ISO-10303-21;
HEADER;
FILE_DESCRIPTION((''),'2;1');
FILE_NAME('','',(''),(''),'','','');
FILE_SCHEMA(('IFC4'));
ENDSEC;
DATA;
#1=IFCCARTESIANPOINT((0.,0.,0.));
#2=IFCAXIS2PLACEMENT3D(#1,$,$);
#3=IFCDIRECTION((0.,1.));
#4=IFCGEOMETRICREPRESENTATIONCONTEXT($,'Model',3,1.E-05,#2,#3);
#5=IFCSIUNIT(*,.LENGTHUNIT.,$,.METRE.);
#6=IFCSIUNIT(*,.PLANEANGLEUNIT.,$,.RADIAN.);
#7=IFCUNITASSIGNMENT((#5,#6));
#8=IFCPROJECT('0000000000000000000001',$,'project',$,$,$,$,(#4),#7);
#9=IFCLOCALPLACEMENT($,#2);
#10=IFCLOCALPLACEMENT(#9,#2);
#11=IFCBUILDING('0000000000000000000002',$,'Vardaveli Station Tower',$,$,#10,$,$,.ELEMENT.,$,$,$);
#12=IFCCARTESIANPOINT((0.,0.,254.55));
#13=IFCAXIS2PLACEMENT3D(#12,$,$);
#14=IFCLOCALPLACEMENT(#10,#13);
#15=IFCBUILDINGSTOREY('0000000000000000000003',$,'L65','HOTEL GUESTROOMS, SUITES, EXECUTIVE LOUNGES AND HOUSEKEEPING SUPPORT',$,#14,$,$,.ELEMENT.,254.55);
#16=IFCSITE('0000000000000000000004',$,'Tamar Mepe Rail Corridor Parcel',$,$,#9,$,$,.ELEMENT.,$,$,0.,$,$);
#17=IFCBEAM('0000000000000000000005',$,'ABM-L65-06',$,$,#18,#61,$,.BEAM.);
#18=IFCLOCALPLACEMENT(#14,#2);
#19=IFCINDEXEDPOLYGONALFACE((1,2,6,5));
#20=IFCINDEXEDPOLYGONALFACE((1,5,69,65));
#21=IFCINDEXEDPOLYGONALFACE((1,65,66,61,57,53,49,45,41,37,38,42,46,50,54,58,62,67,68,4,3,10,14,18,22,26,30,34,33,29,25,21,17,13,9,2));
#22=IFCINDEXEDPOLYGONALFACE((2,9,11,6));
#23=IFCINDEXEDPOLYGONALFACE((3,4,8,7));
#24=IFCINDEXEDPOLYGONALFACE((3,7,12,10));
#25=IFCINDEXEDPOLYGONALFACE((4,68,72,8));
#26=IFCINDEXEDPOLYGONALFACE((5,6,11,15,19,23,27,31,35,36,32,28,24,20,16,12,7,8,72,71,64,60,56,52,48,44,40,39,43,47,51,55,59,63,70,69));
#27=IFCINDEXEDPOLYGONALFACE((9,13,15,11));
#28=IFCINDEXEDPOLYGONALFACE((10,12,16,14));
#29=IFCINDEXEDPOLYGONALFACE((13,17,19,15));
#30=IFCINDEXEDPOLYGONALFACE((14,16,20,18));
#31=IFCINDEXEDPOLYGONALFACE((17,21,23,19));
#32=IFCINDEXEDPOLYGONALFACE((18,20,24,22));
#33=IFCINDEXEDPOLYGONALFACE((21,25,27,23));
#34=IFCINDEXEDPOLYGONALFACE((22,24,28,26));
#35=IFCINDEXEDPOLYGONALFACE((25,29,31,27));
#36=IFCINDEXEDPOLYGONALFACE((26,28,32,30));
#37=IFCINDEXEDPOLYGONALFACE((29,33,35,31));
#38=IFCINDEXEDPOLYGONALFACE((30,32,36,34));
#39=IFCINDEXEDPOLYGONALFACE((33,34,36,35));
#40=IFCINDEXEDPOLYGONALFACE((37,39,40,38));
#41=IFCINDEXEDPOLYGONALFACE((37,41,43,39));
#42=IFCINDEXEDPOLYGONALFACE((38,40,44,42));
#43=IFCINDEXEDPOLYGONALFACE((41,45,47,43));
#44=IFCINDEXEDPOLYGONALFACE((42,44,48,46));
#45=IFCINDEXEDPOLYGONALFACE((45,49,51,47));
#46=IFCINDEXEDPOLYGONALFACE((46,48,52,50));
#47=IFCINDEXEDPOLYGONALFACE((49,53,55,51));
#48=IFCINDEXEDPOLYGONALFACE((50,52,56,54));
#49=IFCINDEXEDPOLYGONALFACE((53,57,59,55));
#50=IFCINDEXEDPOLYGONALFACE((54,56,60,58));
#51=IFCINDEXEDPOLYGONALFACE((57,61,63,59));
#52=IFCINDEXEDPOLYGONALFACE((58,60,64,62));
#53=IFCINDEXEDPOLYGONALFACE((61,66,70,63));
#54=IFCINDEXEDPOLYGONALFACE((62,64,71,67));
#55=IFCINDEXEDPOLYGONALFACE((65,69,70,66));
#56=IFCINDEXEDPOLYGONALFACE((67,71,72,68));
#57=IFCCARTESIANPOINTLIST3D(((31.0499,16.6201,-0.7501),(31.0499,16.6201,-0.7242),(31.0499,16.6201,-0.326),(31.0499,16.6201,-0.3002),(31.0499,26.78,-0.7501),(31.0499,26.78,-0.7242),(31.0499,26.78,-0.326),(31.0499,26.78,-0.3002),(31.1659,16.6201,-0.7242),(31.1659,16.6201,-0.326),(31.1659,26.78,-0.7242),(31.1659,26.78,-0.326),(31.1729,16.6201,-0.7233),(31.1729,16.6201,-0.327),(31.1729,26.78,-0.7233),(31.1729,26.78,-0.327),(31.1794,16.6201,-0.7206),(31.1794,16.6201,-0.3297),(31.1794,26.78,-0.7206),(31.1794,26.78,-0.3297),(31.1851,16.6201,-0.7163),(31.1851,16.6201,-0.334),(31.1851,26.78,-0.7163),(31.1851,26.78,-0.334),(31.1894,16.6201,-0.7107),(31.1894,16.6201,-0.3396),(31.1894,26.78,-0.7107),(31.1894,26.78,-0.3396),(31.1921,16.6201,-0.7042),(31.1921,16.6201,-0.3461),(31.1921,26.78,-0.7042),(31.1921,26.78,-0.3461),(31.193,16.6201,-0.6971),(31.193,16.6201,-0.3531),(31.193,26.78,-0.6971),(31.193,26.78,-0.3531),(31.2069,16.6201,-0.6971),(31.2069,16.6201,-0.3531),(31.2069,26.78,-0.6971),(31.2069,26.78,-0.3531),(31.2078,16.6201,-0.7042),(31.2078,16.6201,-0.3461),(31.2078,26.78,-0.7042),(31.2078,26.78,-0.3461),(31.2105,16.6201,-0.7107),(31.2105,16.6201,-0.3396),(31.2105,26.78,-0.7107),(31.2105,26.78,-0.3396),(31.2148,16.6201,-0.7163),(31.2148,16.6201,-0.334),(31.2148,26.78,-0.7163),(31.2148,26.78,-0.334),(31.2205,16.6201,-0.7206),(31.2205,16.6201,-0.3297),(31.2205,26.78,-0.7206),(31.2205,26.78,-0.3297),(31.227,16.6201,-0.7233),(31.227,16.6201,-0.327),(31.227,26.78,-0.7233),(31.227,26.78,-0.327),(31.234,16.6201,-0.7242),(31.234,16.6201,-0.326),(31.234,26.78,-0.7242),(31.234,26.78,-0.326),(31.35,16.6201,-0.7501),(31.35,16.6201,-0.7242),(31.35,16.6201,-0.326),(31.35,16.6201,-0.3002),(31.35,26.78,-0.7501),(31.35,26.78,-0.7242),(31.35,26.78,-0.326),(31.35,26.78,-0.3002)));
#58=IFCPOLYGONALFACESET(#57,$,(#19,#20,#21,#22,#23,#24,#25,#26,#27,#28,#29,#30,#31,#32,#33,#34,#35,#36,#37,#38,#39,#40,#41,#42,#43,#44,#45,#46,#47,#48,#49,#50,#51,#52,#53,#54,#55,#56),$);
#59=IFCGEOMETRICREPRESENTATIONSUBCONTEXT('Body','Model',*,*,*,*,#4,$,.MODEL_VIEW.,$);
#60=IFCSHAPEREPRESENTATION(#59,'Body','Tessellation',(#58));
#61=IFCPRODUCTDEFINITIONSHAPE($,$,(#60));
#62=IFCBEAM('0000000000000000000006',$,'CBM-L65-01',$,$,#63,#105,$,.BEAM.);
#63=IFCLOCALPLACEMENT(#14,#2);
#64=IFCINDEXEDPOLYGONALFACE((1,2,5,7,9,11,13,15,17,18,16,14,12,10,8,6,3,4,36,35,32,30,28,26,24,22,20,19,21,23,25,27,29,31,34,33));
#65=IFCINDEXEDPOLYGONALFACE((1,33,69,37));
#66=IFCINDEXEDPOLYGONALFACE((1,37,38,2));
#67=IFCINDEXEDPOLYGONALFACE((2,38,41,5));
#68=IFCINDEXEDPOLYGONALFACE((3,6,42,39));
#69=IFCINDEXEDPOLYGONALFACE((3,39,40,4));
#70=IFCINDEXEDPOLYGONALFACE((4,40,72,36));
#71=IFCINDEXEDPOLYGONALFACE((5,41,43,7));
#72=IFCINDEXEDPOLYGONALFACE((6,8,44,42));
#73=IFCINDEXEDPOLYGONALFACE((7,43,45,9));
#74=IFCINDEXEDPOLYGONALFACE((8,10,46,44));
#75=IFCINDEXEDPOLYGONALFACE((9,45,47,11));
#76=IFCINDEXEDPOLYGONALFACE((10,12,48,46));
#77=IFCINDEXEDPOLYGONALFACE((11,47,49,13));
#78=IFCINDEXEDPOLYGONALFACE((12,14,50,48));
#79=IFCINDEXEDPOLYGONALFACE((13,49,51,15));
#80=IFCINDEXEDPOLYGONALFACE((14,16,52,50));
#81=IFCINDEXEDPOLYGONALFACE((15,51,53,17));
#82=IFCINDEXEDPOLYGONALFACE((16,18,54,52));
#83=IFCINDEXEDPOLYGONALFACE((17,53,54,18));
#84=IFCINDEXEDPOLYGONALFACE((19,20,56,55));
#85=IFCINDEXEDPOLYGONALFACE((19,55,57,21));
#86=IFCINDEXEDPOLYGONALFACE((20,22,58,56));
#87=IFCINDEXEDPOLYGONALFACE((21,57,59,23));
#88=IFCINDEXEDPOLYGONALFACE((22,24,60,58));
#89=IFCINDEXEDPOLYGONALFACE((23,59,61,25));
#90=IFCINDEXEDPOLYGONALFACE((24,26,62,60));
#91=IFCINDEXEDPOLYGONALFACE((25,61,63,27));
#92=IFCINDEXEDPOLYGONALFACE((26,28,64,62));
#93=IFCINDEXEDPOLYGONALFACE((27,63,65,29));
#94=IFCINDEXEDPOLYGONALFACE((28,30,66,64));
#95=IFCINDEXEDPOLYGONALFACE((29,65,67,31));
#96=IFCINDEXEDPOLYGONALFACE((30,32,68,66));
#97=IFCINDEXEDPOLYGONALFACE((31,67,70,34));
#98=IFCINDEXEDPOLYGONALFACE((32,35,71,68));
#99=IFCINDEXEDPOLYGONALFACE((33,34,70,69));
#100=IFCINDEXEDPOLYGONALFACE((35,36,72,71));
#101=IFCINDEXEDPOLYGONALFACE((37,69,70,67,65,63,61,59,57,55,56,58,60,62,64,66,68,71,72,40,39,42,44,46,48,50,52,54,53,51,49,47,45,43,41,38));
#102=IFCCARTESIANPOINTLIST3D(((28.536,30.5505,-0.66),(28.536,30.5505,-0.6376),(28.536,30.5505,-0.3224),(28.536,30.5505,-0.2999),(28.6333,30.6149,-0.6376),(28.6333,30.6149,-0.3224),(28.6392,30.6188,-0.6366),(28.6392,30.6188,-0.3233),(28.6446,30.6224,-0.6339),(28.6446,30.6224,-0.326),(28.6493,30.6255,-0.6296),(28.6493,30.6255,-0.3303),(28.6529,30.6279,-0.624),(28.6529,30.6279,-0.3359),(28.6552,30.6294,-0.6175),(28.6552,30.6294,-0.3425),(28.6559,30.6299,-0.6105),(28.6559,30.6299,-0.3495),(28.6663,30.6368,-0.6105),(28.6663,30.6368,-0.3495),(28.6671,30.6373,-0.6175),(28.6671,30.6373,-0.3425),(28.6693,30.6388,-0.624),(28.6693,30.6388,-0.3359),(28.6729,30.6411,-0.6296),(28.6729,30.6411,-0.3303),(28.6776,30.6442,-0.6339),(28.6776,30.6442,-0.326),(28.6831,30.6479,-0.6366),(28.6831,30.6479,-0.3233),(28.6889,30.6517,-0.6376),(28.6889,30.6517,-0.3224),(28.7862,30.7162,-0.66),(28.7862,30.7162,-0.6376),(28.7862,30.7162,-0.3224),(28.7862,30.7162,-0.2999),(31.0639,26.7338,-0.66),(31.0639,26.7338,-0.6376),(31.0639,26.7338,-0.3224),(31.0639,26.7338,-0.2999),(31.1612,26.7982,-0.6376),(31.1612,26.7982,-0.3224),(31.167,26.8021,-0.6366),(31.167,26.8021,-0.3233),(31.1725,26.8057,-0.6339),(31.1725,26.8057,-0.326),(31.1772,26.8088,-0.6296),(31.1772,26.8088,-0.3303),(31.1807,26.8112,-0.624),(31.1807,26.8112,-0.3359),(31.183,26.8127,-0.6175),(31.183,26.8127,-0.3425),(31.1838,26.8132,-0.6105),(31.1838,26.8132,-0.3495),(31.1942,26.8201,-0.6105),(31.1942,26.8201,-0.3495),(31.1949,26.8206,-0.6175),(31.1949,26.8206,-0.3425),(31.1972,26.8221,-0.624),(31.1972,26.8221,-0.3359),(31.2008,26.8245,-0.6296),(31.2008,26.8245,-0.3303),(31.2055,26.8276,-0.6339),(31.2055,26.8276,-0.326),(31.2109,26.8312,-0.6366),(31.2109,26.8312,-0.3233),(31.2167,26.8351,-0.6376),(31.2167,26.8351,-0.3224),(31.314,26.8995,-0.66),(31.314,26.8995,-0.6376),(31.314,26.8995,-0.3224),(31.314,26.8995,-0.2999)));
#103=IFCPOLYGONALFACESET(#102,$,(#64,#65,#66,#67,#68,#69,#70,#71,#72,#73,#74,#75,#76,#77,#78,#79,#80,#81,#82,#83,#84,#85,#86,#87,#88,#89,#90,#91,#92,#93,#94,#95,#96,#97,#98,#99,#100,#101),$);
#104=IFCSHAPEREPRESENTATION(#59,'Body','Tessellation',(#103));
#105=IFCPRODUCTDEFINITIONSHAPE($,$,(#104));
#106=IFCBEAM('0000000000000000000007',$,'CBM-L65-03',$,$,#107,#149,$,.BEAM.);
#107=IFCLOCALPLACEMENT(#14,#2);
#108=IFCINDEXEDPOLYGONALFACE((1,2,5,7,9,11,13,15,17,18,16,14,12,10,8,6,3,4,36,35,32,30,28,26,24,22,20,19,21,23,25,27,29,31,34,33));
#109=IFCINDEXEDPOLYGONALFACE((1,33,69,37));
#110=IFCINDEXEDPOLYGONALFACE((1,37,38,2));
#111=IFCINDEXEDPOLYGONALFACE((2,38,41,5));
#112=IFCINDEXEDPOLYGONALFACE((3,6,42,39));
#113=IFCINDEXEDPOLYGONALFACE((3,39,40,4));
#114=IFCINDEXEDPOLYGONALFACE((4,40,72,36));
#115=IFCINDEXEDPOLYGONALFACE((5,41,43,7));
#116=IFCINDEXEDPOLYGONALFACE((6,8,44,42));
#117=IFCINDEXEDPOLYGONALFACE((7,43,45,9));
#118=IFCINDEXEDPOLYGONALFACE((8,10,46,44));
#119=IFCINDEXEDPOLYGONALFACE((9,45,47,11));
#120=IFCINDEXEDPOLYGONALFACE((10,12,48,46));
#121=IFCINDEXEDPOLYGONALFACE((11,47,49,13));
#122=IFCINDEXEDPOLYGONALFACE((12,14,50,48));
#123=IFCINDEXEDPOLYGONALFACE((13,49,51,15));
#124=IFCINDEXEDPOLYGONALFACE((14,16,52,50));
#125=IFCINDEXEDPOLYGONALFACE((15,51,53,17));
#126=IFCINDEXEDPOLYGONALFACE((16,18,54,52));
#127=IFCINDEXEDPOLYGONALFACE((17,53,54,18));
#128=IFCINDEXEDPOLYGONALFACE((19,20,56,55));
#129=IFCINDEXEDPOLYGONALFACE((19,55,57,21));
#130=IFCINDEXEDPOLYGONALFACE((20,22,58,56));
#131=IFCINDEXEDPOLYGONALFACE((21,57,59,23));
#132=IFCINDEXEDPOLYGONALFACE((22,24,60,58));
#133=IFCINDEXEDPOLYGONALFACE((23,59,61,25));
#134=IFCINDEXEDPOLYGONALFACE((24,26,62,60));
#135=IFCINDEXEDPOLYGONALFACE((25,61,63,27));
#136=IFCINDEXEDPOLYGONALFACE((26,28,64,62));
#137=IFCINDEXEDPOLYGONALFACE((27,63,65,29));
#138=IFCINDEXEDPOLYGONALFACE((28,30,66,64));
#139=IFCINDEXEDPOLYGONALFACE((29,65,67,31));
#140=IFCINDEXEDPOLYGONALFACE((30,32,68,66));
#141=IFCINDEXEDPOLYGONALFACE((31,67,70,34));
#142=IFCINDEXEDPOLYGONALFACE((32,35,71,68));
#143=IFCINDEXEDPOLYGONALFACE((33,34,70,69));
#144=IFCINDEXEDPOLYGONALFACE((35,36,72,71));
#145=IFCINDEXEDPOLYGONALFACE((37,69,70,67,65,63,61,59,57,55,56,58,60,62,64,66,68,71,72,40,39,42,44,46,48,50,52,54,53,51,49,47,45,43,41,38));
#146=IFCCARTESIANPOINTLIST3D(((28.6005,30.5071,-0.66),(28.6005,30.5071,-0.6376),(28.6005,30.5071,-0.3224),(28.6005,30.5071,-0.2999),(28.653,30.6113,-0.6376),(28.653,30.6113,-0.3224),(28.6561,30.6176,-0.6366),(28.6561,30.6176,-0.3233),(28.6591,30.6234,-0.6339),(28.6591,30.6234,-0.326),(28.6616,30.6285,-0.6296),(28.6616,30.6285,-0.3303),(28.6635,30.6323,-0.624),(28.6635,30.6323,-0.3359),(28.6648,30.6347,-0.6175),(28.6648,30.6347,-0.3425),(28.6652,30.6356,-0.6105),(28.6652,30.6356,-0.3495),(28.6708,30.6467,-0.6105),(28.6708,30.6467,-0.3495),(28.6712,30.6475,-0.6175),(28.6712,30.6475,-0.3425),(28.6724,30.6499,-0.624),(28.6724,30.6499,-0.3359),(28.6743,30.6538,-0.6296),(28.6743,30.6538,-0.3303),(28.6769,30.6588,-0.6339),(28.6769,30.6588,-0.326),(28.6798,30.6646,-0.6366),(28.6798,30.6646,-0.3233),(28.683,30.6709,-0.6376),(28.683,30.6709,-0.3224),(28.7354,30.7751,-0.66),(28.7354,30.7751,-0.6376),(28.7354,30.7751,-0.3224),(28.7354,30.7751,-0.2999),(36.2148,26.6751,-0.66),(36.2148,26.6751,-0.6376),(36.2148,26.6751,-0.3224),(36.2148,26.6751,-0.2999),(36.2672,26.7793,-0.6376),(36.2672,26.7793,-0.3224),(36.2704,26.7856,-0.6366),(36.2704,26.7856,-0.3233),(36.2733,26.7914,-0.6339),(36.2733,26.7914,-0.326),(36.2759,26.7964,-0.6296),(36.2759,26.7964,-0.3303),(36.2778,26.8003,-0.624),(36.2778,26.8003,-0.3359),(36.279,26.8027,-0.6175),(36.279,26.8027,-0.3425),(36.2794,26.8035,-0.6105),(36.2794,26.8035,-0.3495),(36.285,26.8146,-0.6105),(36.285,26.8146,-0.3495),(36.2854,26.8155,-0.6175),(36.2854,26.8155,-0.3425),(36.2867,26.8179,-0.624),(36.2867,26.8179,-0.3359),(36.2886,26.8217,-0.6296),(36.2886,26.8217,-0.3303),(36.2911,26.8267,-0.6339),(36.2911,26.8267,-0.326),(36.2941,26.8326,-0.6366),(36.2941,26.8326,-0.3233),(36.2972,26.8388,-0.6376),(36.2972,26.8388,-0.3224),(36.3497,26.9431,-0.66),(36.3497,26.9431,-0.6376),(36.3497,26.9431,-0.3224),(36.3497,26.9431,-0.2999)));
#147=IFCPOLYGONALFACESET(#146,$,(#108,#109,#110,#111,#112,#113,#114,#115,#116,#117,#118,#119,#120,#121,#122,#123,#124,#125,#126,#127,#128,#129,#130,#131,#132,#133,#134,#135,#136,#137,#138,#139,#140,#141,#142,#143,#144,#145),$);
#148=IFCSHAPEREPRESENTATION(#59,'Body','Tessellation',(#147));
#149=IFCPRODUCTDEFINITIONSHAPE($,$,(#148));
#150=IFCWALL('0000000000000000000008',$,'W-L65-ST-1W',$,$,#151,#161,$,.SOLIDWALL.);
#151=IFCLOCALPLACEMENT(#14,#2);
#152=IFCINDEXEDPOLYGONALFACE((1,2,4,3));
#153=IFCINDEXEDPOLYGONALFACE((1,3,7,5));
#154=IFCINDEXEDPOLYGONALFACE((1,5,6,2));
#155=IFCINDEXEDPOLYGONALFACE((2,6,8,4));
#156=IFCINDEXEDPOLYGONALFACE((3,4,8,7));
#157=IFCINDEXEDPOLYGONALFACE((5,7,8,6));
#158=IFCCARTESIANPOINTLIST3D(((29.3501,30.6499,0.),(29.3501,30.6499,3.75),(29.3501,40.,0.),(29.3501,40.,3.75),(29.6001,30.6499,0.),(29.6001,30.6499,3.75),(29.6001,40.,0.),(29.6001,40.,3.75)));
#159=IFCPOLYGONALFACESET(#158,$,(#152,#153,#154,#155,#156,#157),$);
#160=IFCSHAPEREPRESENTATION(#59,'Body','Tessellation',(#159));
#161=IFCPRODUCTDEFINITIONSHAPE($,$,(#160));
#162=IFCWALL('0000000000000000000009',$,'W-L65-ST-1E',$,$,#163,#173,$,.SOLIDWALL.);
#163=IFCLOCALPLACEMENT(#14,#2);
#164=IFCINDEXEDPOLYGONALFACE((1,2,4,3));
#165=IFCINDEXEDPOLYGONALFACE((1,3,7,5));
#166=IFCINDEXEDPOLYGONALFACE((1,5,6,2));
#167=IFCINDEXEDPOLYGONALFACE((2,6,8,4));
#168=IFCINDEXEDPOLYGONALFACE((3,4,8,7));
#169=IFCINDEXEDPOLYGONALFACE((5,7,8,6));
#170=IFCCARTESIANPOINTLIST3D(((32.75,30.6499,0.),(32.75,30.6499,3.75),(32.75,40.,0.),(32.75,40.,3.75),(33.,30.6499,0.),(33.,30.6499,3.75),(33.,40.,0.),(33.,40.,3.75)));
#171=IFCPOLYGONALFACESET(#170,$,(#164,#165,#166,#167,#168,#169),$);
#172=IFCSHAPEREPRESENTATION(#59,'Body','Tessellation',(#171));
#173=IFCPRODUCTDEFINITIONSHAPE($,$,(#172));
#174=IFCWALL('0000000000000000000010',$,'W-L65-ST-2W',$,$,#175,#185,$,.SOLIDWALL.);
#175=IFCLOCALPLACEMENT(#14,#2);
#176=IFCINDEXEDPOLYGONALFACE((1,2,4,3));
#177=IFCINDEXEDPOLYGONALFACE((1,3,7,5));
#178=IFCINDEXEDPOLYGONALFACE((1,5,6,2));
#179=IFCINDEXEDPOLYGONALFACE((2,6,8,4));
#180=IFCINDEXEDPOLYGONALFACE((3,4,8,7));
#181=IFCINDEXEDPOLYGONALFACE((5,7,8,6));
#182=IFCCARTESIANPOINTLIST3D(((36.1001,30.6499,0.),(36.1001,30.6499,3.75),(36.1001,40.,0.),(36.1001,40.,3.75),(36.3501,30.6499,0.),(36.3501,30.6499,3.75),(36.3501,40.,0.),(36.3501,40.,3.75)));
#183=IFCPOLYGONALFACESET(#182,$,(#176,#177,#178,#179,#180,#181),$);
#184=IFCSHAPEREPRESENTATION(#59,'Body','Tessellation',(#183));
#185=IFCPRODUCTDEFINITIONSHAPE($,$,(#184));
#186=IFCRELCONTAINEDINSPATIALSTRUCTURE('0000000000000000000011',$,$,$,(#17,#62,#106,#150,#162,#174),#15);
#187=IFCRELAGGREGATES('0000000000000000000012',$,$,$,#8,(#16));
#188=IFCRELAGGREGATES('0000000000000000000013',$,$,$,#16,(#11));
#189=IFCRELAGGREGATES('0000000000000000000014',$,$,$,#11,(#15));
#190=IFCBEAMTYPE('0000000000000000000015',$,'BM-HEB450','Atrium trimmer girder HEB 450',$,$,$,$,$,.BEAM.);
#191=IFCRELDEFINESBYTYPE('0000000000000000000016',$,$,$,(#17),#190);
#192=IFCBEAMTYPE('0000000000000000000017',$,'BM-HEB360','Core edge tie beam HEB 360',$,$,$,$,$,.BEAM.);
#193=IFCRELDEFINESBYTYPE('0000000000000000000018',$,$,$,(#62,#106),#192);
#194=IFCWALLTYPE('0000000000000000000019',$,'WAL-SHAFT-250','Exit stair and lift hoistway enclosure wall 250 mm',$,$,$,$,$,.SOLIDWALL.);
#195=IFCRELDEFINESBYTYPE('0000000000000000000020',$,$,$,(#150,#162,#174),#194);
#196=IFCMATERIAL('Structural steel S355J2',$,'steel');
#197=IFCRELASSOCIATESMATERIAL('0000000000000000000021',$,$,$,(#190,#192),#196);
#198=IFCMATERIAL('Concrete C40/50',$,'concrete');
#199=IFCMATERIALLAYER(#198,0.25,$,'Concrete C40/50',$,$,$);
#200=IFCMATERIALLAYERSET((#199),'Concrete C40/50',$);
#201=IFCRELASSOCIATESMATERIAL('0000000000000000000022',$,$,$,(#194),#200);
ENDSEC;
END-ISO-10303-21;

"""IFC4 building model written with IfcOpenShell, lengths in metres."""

from ifc_helpers import new_model, si_unit, direction, frame, frame_2d, origin, origin_2d, place, context, subcontext, project, spatial, rectangle, i_section, extrude, source, transform, mapped, material, layer, layer_set, material_profile, profile_set, type_object, element, save


model = new_model("IFC4")

# Units and contexts
model_context = context("Model", 3, precision=1e-05, world=origin(), true_north=direction((0.0, 1.0)))
body_context = subcontext(model_context, "Body", "Model", "MODEL_VIEW")
ifc_project = project(units=[si_unit("LENGTHUNIT", "METRE"), si_unit("PLANEANGLEUNIT", "RADIAN")], contexts=[model_context])

# Site, building, storey
site_placement = place(None, origin())
site = spatial("IfcSite", under=ifc_project, at=site_placement, Name="Tamar Mepe Rail Corridor Parcel", CompositionType="ELEMENT", RefElevation=0.0)
building_placement = place(site_placement, origin())
building = spatial("IfcBuilding", under=site, at=building_placement, Name="Vardaveli Station Tower", CompositionType="ELEMENT")
storey_placement = place(building_placement, frame((0.0, 0.0, 254.55)))
storey = spatial("IfcBuildingStorey", under=building, at=storey_placement, Name="L65", Description="HOTEL GUESTROOMS, SUITES, EXECUTIVE LOUNGES AND HOUSEKEEPING SUPPORT", CompositionType="ELEMENT", Elevation=254.55)

# Beams
ifc_material_1 = material(Name="Structural steel S355J2", Category="steel")
ifc_material_profile_1 = material_profile(ifc_material_1, i_section(OverallWidth=0.3, OverallDepth=0.45, WebThickness=0.0139, FlangeThickness=0.0259, FilletRadius=0.0271, at=origin_2d()), Name="HEB 450")
ifc_profile_set_1 = profile_set([ifc_material_profile_1], Name="Structural steel S355J2")
beam_type_1 = type_object("IfcBeamType", Name="BM-HEB450", Description="Atrium trimmer girder HEB 450", PredefinedType="BEAM", material=ifc_profile_set_1)
shared_shape_1 = source(origin(), body_context, "Body", "SweptSolid", [
    extrude(i_section(OverallWidth=0.3, OverallDepth=0.45, WebThickness=0.0139, FlangeThickness=0.0259, FilletRadius=0.0271, at=origin_2d()), origin(), (0.0, 0.0, 1.0), 10.1599),
])
beam_1_placement = place(storey_placement, frame((31.2, 26.78, -0.5251), z_axis=(0.0, -1.0, 0.0), x_axis=(1.0, 0.0, 0.0)))
element("IfcBeam", 1, at=beam_1_placement, inside=storey, type_object=beam_type_1, Name="ABM-L65-06", PredefinedType="BEAM", context=body_context, shape_type="MappedRepresentation", body=[
    mapped(shared_shape_1, transform((0.0, 0.0, 0.0), scale=1.0)),
])
ifc_material_profile_2 = material_profile(ifc_material_1, i_section(OverallWidth=0.3, OverallDepth=0.3601, WebThickness=0.0125, FlangeThickness=0.0225, FilletRadius=0.0271, at=origin_2d()), Name="HEB 360")
ifc_profile_set_2 = profile_set([ifc_material_profile_2], Name="Structural steel S355J2")
beam_type_2 = type_object("IfcBeamType", Name="BM-HEB360", Description="Core edge tie beam HEB 360", PredefinedType="BEAM", material=ifc_profile_set_2)
shared_shape_2 = source(origin(), body_context, "Body", "SweptSolid", [
    extrude(i_section(OverallWidth=0.3, OverallDepth=0.3601, WebThickness=0.0125, FlangeThickness=0.0225, FilletRadius=0.0271, at=origin_2d()), origin(), (0.0, 0.0, 1.0), 4.5779),
])
beam_2_placement = place(storey_placement, frame((31.189, 26.8167, -0.48), z_axis=(-0.552187, 0.83372, 0.0), x_axis=(-0.83372, -0.552187, 0.0)))
element("IfcBeam", 2, at=beam_2_placement, inside=storey, type_object=beam_type_2, Name="CBM-L65-01", PredefinedType="BEAM", context=body_context, shape_type="MappedRepresentation", body=[
    mapped(shared_shape_2, transform((0.0, 0.0, 0.0), scale=1.0)),
])
shared_shape_3 = source(origin(), body_context, "Body", "SweptSolid", [
    extrude(i_section(OverallWidth=0.3, OverallDepth=0.3601, WebThickness=0.0125, FlangeThickness=0.0225, FilletRadius=0.0271, at=origin_2d()), origin(), (0.0, 0.0, 1.0), 8.5242),
])
beam_3_placement = place(storey_placement, frame((28.668, 30.6411, -0.48), z_axis=(0.893256, -0.449549, 0.0), x_axis=(0.449549, 0.893256, 0.0)))
element("IfcBeam", 3, at=beam_3_placement, inside=storey, type_object=beam_type_2, Name="CBM-L65-03", PredefinedType="BEAM", context=body_context, shape_type="MappedRepresentation", body=[
    mapped(shared_shape_3, transform((0.0, 0.0, 0.0), scale=1.0)),
])

# Walls
ifc_material_2 = material(Name="Concrete C40/50", Category="concrete")
ifc_layer_1 = layer(ifc_material_2, 0.25, Name="Concrete C40/50")
ifc_layer_set_1 = layer_set([ifc_layer_1], Name="Concrete C40/50")
wall_type_1 = type_object("IfcWallType", Name="WAL-SHAFT-250", Description="Exit stair and lift hoistway enclosure wall 250 mm", PredefinedType="SOLIDWALL", material=ifc_layer_set_1)
shared_shape_4 = source(origin(), body_context, "Body", "SweptSolid", [
    extrude(rectangle(XDim=9.3501, YDim=0.25, at=frame_2d((4.675, 0.0))), origin(), (0.0, 0.0, 1.0), 3.75),
])
for number, where, z_axis, x_axis, name in (
    (4, (29.4751, 30.6499, 0.0), (0.0, 0.0, 1.0), (0.0, 1.0, 0.0), "W-L65-ST-1W"),
    (5, (32.875, 30.6499, 0.0), (0.0, 0.0, 1.0), (0.0, 1.0, 0.0), "W-L65-ST-1E"),
    (6, (36.2251, 30.6499, 0.0), (0.0, 0.0, 1.0), (0.0, 1.0, 0.0), "W-L65-ST-2W"),
):
    element("IfcWall", number, at=place(storey_placement, frame(where, z_axis=z_axis, x_axis=x_axis)), inside=storey, type_object=wall_type_1, Name=name, PredefinedType="SOLIDWALL", context=body_context, shape_type="MappedRepresentation", body=[
        mapped(shared_shape_4, transform((0.0, 0.0, 0.0), scale=1.0)),
    ])

save(model, "model.ifc")
